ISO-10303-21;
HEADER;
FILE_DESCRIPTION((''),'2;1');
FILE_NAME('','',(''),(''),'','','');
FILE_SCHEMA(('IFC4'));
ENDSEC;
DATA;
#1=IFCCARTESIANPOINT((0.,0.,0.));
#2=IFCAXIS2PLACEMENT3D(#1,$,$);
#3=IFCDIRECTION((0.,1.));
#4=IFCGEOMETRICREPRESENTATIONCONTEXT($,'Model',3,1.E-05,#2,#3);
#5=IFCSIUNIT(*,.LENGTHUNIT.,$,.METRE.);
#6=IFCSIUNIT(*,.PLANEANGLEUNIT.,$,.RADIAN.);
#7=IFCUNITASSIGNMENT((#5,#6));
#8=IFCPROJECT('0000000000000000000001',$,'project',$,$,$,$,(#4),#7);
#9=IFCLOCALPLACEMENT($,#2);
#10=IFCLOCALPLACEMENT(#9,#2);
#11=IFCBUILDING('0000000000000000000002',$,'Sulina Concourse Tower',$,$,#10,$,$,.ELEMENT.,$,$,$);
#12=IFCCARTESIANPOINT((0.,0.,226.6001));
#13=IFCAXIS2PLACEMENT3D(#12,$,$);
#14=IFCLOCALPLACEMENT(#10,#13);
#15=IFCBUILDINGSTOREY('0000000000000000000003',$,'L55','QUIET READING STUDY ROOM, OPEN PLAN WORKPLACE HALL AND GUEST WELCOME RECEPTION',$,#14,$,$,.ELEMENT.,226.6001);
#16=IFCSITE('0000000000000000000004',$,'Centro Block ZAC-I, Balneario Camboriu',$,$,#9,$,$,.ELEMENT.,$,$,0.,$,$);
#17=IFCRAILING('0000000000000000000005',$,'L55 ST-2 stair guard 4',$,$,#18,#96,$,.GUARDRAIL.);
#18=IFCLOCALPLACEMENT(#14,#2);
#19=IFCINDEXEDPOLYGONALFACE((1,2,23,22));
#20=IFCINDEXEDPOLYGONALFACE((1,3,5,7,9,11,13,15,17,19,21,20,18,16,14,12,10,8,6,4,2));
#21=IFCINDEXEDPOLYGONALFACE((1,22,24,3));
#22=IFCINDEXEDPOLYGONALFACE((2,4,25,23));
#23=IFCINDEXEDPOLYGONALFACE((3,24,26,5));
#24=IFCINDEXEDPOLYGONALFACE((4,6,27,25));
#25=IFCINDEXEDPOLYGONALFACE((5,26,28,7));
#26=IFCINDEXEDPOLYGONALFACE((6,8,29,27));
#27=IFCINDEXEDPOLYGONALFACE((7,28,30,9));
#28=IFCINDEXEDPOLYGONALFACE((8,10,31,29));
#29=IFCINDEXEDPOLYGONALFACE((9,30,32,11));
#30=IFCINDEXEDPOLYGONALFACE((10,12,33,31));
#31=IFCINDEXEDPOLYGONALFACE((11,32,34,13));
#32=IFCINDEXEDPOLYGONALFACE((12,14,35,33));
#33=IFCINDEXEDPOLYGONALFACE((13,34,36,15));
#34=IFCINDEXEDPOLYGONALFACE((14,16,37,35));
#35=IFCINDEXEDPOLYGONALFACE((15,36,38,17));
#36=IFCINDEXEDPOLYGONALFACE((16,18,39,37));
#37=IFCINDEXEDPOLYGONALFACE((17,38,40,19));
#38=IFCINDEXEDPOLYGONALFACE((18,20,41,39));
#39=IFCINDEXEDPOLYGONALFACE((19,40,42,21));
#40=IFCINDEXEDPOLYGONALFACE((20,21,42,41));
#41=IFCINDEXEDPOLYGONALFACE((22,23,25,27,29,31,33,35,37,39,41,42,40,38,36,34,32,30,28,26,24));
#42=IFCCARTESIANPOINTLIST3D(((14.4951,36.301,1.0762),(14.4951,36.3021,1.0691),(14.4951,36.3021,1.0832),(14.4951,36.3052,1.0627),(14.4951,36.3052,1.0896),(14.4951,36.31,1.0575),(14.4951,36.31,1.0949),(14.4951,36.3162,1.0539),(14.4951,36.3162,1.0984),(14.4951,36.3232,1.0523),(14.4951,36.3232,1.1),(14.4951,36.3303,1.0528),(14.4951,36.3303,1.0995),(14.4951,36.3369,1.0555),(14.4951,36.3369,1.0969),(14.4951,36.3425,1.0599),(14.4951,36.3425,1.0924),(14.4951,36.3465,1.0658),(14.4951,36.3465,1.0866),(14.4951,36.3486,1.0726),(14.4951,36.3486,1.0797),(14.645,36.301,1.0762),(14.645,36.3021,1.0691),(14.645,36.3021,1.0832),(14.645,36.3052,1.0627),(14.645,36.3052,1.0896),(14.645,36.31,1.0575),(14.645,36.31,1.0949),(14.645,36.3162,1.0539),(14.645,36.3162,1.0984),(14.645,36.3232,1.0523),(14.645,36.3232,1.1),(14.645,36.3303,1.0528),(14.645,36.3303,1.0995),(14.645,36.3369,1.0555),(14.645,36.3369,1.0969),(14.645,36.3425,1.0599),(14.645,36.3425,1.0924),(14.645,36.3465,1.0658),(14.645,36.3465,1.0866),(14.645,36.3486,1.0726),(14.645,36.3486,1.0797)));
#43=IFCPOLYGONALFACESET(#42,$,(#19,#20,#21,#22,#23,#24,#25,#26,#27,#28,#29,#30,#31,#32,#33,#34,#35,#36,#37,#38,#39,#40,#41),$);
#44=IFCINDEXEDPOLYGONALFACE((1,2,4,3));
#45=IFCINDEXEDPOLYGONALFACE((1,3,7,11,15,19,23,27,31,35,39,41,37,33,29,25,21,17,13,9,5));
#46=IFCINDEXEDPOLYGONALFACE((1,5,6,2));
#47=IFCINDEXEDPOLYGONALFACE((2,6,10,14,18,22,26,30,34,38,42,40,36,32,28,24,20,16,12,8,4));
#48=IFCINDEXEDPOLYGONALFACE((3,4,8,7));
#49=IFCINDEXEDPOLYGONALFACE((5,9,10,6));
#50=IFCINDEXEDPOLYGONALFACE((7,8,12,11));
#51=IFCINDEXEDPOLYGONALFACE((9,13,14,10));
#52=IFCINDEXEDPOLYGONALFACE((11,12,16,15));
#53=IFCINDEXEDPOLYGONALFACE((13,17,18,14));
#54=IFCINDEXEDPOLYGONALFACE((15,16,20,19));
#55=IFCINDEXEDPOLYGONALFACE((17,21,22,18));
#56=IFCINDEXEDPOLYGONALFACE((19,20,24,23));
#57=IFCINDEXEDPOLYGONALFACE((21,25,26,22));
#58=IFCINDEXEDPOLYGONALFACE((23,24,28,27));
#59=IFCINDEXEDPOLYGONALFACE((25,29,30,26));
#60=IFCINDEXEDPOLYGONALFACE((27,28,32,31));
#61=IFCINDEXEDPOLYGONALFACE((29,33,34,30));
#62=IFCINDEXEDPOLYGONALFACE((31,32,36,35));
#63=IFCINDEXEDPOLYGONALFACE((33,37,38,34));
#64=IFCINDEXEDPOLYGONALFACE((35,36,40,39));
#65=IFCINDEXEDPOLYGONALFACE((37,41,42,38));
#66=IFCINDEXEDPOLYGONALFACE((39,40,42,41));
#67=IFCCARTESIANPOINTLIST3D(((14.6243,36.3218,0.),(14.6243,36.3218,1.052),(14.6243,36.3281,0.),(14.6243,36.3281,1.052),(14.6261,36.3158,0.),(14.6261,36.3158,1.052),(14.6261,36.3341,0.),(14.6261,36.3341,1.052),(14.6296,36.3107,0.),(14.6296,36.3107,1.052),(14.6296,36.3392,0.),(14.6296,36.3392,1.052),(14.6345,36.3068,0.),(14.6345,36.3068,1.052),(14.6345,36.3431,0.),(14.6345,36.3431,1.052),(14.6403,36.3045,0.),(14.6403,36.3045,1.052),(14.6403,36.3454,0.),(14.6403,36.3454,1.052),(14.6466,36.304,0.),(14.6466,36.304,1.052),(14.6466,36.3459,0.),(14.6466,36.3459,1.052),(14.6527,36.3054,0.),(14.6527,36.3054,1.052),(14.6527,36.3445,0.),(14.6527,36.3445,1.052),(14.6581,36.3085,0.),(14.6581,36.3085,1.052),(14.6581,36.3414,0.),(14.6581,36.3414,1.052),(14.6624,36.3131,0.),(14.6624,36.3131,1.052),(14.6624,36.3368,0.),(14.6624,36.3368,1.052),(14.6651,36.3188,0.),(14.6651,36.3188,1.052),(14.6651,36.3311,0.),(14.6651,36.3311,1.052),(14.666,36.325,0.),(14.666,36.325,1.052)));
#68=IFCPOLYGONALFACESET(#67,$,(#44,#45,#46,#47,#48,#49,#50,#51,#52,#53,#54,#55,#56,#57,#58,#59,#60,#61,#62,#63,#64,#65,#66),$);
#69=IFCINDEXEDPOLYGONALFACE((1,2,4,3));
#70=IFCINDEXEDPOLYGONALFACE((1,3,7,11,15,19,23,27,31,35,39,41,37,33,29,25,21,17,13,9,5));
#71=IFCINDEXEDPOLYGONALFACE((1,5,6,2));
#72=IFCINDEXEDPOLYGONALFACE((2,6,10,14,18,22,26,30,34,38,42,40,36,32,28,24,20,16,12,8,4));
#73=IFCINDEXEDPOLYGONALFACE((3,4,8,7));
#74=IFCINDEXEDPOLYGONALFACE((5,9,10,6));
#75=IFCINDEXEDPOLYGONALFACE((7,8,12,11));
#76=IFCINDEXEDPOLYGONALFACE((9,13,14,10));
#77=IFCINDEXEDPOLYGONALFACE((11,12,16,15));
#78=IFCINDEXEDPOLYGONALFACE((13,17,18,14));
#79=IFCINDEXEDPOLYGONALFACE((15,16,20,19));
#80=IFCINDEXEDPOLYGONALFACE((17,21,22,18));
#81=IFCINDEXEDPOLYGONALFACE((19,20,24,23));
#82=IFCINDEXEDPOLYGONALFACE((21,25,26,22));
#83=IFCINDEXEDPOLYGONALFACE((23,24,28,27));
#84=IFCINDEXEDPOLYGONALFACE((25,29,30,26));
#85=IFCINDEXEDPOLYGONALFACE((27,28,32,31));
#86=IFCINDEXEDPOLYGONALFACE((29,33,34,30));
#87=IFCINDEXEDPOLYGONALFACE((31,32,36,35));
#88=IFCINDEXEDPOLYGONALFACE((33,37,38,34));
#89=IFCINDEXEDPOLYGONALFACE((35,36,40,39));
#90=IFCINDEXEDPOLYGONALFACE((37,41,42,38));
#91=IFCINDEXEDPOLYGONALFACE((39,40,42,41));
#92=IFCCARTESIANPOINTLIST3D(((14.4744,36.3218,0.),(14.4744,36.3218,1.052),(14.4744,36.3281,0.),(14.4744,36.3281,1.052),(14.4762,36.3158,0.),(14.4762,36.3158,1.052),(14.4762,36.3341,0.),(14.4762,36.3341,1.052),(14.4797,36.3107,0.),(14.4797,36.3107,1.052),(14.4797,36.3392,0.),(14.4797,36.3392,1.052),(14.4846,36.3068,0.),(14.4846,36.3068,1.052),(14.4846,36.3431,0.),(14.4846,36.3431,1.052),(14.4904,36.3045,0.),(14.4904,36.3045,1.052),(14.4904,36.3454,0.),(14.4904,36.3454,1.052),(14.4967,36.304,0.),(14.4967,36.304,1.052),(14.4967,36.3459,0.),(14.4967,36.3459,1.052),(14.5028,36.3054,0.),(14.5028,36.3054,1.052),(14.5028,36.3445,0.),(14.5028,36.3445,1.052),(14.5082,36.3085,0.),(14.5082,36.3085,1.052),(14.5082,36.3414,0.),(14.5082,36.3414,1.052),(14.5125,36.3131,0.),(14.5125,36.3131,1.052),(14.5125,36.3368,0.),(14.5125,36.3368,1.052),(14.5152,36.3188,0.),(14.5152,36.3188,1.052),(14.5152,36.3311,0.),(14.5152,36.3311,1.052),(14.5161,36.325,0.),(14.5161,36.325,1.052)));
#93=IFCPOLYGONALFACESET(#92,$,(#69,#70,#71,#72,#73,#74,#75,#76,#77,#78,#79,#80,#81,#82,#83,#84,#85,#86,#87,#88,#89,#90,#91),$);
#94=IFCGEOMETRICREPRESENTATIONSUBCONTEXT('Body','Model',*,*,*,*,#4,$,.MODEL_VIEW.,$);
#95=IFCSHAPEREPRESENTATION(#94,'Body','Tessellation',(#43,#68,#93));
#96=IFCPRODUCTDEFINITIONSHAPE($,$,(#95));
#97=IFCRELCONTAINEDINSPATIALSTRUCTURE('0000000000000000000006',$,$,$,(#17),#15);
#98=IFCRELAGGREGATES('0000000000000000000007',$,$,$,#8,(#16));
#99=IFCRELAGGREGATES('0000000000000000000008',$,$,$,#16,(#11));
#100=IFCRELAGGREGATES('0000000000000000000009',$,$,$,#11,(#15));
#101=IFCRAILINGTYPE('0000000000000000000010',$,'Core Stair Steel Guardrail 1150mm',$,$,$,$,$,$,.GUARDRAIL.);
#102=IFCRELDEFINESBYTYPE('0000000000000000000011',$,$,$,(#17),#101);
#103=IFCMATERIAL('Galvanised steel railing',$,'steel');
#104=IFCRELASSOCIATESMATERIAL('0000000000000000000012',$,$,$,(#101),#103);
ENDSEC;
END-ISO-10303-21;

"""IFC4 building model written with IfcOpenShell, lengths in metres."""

from ifc_helpers import new_model, si_unit, direction, frame, origin, origin_2d, place, context, subcontext, project, spatial, circle, extrude, material, type_object, element, save


model = new_model("IFC4")

# Units and contexts
model_context = context("Model", 3, precision=1e-05, world=origin(), true_north=direction((0.0, 1.0)))
body_context = subcontext(model_context, "Body", "Model", "MODEL_VIEW")
ifc_project = project(units=[si_unit("LENGTHUNIT", "METRE"), si_unit("PLANEANGLEUNIT", "RADIAN")], contexts=[model_context])

# Site, building, storey
site_placement = place(None, origin())
site = spatial("IfcSite", under=ifc_project, at=site_placement, Name="Centro Block ZAC-I, Balneario Camboriu", CompositionType="ELEMENT", RefElevation=0.0)
building_placement = place(site_placement, origin())
building = spatial("IfcBuilding", under=site, at=building_placement, Name="Sulina Concourse Tower", CompositionType="ELEMENT")
storey_placement = place(building_placement, frame((0.0, 0.0, 226.6001)))
storey = spatial("IfcBuildingStorey", under=building, at=storey_placement, Name="L55", Description="QUIET READING STUDY ROOM, OPEN PLAN WORKPLACE HALL AND GUEST WELCOME RECEPTION", CompositionType="ELEMENT", Elevation=226.6001)

# Railing
ifc_material_1 = material(Name="Galvanised steel railing", Category="steel")
railing_type_1 = type_object("IfcRailingType", Name="Core Stair Steel Guardrail 1150mm", PredefinedType="GUARDRAIL", material=ifc_material_1)
railing_1_placement = place(storey_placement, frame((14.645, 36.325, 0.0)))
element("IfcRailing", 1, at=railing_1_placement, inside=storey, type_object=railing_type_1, Name="L55 ST-2 stair guard 4", PredefinedType="GUARDRAIL", context=body_context, shape_type="SweptSolid", body=[
    extrude(circle(Radius=0.0239, at=origin_2d()), frame((0.0, 0.0, 1.0762), z_axis=(-1.0, 0.0, 0.0), x_axis=(0.0, -1.0, 0.0)), (0.0, 0.0, 1.0), 0.1499),
    extrude(circle(Radius=0.021, at=origin_2d()), origin(), (0.0, 0.0, 1.0), 1.052),
    extrude(circle(Radius=0.021, at=origin_2d()), frame((-0.1499, 0.0, 0.0)), (0.0, 0.0, 1.0), 1.052),
])

save(model, "model.ifc")
